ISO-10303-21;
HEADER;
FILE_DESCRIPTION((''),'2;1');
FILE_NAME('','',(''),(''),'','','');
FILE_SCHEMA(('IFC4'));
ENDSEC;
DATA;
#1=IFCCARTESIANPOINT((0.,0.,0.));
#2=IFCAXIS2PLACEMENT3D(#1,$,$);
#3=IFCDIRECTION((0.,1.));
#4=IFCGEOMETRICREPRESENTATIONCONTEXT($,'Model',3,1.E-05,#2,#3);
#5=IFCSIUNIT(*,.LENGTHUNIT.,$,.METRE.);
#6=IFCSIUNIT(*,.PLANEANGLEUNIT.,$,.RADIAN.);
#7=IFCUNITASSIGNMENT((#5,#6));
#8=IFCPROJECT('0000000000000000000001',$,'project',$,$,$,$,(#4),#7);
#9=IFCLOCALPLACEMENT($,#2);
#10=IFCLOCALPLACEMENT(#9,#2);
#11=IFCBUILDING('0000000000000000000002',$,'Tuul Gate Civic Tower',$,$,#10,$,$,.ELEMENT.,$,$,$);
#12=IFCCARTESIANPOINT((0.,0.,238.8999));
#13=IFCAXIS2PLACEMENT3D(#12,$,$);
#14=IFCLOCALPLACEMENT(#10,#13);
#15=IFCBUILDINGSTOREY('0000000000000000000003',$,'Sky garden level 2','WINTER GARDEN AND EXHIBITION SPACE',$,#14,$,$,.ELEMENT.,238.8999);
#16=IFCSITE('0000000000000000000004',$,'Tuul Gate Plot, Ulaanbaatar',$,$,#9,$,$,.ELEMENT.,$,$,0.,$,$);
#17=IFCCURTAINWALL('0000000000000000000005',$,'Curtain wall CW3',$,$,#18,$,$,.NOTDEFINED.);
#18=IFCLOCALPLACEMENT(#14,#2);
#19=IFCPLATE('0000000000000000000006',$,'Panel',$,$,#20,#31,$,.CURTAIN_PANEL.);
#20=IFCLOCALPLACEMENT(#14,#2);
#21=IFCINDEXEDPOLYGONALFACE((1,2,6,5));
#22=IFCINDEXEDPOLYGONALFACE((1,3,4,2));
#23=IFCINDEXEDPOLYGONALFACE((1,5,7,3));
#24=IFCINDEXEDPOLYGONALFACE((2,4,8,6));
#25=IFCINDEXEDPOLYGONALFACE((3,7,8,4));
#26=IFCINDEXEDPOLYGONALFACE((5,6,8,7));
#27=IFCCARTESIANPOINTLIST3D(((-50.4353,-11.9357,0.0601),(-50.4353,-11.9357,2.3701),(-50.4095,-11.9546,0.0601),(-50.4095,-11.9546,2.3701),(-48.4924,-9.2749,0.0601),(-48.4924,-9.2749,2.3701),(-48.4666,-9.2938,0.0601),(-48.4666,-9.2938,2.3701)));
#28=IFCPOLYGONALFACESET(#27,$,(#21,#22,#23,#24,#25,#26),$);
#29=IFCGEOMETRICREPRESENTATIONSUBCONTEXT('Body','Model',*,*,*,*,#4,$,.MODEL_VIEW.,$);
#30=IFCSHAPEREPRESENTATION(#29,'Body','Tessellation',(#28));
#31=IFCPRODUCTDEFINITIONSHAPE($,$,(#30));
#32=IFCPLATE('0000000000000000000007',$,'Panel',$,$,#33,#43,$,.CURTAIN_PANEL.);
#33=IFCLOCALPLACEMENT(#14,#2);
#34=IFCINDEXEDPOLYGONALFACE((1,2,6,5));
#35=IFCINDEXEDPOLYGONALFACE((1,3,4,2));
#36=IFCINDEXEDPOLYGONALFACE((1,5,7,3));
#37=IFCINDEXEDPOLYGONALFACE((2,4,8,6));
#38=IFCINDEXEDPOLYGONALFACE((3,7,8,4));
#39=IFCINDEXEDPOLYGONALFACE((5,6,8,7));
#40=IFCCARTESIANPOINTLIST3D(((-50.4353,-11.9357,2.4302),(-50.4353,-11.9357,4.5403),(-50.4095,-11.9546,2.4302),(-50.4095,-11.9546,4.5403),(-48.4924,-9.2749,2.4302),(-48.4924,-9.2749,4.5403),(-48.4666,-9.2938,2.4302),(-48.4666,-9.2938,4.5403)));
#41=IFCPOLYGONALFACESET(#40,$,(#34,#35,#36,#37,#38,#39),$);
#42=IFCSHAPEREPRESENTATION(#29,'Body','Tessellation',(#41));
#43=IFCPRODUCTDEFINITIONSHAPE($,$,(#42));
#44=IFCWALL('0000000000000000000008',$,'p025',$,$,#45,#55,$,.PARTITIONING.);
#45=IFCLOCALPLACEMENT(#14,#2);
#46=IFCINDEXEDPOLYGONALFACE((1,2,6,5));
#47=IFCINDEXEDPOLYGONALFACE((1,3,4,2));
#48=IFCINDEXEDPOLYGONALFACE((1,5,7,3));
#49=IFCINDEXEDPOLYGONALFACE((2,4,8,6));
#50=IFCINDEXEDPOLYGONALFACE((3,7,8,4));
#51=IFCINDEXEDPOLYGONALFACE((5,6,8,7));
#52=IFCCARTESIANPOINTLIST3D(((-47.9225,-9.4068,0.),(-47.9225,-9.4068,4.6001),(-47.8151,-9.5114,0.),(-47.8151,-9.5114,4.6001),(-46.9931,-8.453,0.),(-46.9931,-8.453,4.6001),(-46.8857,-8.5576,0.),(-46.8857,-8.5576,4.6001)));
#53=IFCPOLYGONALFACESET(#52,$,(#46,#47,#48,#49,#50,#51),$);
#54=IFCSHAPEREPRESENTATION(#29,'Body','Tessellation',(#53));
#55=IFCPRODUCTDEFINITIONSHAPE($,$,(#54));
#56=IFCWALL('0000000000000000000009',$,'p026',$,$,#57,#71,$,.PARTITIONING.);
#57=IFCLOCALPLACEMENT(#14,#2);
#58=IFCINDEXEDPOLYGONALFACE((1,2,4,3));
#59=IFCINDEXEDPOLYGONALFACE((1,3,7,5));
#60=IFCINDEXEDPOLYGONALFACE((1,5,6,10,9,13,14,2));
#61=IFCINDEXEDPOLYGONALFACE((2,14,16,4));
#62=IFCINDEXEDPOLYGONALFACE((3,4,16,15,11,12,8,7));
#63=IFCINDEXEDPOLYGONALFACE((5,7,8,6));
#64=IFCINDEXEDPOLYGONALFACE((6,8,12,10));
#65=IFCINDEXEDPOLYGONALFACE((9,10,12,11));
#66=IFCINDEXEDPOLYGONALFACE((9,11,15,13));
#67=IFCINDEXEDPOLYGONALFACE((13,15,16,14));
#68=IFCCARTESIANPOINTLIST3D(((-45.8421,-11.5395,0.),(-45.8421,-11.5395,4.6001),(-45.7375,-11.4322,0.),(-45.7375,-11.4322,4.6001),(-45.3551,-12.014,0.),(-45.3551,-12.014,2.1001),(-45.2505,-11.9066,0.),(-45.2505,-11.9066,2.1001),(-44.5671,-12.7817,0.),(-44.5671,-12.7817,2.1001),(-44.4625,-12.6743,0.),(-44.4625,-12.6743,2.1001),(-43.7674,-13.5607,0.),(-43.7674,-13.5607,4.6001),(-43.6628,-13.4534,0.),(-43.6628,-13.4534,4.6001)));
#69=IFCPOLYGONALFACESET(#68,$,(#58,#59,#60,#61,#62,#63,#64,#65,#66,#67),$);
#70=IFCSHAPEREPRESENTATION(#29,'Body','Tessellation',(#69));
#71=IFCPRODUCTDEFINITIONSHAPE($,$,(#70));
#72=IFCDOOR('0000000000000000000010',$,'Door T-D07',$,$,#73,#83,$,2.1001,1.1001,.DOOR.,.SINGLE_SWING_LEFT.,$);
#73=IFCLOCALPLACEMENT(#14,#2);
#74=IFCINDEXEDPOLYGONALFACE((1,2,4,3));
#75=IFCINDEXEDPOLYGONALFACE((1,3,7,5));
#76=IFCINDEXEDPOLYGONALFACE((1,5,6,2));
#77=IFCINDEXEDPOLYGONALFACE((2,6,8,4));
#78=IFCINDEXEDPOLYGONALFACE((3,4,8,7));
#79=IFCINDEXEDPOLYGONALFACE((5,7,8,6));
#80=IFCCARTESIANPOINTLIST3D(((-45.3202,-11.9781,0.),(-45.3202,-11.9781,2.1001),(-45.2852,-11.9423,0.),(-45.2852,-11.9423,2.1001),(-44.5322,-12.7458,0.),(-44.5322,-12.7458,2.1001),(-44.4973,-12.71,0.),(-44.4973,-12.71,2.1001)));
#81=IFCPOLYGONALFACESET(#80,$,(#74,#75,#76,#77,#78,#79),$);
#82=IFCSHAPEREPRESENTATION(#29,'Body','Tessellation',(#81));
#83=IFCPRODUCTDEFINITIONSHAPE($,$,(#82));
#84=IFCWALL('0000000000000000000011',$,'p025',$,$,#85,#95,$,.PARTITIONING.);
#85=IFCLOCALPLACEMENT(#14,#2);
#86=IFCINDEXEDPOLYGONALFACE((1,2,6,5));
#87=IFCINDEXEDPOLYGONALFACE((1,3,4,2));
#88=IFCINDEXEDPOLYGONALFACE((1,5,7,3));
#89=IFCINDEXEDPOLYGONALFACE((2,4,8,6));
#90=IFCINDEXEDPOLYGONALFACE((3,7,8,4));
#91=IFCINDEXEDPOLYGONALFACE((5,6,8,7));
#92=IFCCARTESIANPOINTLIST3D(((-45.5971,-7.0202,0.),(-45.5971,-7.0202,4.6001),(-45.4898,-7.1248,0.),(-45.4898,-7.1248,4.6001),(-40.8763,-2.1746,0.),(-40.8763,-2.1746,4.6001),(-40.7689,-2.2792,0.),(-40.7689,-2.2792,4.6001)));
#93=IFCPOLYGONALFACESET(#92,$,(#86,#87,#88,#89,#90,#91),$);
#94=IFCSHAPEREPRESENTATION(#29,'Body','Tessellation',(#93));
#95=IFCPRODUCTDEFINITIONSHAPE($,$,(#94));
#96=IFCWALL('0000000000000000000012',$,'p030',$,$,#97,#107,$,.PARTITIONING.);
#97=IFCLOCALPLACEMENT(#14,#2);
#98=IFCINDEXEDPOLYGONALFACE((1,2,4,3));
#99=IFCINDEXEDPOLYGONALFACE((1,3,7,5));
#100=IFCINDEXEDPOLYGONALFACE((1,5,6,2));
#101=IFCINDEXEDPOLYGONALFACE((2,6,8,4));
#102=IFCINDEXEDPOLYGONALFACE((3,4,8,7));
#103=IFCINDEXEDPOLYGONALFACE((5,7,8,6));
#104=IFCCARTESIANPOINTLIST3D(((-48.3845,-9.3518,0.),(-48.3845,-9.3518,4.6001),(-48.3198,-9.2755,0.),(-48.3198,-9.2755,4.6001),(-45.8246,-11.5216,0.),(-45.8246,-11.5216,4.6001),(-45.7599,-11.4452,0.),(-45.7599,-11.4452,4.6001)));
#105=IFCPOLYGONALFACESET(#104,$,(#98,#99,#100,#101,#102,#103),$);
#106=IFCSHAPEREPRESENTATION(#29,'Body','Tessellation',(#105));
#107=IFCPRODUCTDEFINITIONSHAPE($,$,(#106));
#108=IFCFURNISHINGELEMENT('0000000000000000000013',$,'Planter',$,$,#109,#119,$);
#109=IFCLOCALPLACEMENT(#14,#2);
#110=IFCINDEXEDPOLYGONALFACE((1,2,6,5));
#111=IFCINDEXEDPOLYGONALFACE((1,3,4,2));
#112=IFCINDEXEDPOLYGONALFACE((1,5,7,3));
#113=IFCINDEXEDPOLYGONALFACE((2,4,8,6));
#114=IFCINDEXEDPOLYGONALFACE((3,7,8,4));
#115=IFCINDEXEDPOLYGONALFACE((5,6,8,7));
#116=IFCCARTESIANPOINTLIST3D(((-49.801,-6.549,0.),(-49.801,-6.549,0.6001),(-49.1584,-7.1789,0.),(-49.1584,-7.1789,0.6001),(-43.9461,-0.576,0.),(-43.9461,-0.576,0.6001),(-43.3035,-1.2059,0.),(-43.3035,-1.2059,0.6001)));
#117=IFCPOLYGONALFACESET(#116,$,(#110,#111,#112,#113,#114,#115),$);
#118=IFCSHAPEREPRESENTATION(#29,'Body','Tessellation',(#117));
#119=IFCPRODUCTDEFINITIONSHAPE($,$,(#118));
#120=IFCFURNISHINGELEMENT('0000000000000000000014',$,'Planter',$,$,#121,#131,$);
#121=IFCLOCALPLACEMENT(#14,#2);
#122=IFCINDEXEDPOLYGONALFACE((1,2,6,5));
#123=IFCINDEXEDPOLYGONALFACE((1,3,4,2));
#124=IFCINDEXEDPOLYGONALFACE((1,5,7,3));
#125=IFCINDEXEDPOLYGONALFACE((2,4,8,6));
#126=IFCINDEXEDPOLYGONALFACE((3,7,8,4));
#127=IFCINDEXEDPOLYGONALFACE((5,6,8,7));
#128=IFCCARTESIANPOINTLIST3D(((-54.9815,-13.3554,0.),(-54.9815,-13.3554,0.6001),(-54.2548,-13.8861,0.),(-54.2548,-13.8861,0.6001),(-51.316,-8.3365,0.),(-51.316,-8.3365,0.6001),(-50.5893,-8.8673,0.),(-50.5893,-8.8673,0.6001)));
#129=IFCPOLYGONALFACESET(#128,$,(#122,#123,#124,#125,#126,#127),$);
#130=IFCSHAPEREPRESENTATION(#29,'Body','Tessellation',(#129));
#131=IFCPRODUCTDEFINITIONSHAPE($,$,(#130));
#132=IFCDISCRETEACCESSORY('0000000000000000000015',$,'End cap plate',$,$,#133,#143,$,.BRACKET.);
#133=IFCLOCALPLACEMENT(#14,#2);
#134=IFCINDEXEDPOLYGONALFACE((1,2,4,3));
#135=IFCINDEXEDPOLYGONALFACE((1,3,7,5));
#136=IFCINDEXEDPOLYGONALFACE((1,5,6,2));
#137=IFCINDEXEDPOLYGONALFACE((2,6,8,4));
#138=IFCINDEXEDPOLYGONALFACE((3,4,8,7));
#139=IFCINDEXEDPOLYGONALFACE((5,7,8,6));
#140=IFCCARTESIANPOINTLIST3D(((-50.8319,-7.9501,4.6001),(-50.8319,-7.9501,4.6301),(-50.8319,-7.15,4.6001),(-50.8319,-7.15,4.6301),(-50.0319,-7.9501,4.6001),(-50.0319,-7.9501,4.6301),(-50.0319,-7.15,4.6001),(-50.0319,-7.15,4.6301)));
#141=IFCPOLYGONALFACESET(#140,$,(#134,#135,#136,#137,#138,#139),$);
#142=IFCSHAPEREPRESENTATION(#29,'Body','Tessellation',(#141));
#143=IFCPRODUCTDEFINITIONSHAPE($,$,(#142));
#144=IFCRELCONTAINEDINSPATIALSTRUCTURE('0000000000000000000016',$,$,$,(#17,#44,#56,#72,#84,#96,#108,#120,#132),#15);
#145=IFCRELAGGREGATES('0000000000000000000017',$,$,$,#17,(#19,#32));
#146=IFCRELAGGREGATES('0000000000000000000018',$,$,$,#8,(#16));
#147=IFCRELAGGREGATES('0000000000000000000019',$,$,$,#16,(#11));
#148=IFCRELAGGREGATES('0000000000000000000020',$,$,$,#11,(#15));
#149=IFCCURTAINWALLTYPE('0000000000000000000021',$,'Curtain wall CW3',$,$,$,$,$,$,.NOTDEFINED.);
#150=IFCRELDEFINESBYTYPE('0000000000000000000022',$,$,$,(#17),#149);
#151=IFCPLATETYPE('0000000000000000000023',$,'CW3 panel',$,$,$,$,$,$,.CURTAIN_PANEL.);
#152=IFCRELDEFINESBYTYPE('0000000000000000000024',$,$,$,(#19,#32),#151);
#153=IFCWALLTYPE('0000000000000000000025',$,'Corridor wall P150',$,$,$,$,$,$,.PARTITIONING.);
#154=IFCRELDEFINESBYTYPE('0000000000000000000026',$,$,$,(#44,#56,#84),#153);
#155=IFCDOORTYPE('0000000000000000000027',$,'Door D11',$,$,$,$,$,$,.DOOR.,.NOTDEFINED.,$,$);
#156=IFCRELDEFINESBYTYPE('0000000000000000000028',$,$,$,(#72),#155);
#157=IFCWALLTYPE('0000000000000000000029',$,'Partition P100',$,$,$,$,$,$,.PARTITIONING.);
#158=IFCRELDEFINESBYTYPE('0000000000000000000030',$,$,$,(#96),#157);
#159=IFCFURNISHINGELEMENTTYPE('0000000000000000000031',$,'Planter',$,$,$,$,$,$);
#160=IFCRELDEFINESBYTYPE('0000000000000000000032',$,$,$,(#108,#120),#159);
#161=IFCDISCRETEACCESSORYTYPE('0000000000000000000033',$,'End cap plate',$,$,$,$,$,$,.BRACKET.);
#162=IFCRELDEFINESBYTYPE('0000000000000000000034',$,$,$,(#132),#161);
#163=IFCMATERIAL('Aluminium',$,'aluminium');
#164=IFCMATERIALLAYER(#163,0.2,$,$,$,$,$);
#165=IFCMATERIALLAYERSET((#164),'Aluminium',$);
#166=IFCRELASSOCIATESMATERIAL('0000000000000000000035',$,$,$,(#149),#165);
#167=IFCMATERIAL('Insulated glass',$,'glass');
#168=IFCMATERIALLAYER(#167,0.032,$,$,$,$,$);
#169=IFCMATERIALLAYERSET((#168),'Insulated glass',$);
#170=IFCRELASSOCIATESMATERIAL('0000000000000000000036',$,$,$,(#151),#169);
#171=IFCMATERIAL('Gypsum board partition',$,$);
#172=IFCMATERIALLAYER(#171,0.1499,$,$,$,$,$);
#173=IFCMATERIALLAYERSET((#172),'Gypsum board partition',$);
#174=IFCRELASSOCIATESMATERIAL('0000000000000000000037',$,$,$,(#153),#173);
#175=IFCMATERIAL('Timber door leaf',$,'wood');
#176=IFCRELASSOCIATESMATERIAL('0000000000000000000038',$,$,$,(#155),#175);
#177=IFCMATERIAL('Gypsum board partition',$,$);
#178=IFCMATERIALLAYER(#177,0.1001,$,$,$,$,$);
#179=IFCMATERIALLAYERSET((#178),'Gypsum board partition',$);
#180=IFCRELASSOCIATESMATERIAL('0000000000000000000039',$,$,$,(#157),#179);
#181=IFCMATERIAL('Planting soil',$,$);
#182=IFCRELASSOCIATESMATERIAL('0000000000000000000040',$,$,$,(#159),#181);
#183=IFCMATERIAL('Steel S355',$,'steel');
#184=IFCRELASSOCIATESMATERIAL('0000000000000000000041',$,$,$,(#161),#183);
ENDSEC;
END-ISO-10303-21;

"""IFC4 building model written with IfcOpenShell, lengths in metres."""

from ifc_helpers import new_model, si_unit, direction, frame, frame_2d, origin, origin_2d, place, context, subcontext, project, spatial, rectangle, extrude, material, layer, layer_set, type_object, element, fill, aggregate, save


model = new_model("IFC4")

# Units and contexts
model_context = context("Model", 3, precision=1e-05, world=origin(), true_north=direction((0.0, 1.0)))
body_context = subcontext(model_context, "Body", "Model", "MODEL_VIEW")
ifc_project = project(units=[si_unit("LENGTHUNIT", "METRE"), si_unit("PLANEANGLEUNIT", "RADIAN")], contexts=[model_context])

# Site, building, storey
site_placement = place(None, origin())
site = spatial("IfcSite", under=ifc_project, at=site_placement, Name="Tuul Gate Plot, Ulaanbaatar", CompositionType="ELEMENT", RefElevation=0.0)
building_placement = place(site_placement, origin())
building = spatial("IfcBuilding", under=site, at=building_placement, Name="Tuul Gate Civic Tower", CompositionType="ELEMENT")
storey_placement = place(building_placement, frame((0.0, 0.0, 238.8999)))
storey = spatial("IfcBuildingStorey", under=building, at=storey_placement, Name="Sky garden level 2", Description="WINTER GARDEN AND EXHIBITION SPACE", CompositionType="ELEMENT", Elevation=238.8999)

# Curtain wall
ifc_material_1 = material(Name="Aluminium", Category="aluminium")
ifc_layer_1 = layer(ifc_material_1, 0.2)
ifc_layer_set_1 = layer_set([ifc_layer_1], Name="Aluminium")
curtain_wall_type = type_object("IfcCurtainWallType", Name="Curtain wall CW3", PredefinedType="NOTDEFINED", material=ifc_layer_set_1)
curtain_wall_placement = place(storey_placement, origin())
curtain_wall = element("IfcCurtainWall", 1, at=curtain_wall_placement, inside=storey, type_object=curtain_wall_type, Name="Curtain wall CW3", PredefinedType="NOTDEFINED")

# Plates
ifc_material_2 = material(Name="Insulated glass", Category="glass")
ifc_layer_2 = layer(ifc_material_2, 0.032)
ifc_layer_set_2 = layer_set([ifc_layer_2], Name="Insulated glass")
plate_type = type_object("IfcPlateType", Name="CW3 panel", PredefinedType="CURTAIN_PANEL", material=ifc_layer_set_2)
plate_1_placement = place(storey_placement, frame((-49.4509, -10.6147, 0.0601), z_axis=(0.0, 0.0, 1.0), x_axis=(-0.589717, -0.80761, 0.0)))
plate_1 = element("IfcPlate", 2, at=plate_1_placement, type_object=plate_type, Name="Panel", PredefinedType="CURTAIN_PANEL", context=body_context, shape_type="SweptSolid", body=[
    extrude(rectangle(XDim=3.2947, YDim=0.032, at=origin_2d()), origin(), (0.0, 0.0, 1.0), 2.3101),
])
plate_2_placement = place(storey_placement, frame((-49.4509, -10.6147, 2.4302), z_axis=(0.0, 0.0, 1.0), x_axis=(-0.589717, -0.80761, 0.0)))
plate_2 = element("IfcPlate", 3, at=plate_2_placement, type_object=plate_type, Name="Panel", PredefinedType="CURTAIN_PANEL", context=body_context, shape_type="SweptSolid", body=[
    extrude(rectangle(XDim=3.2947, YDim=0.032, at=origin_2d()), origin(), (0.0, 0.0, 1.0), 2.1101),
])
aggregate(curtain_wall, [plate_1, plate_2])

# Wall
ifc_material_3 = material(Name="Gypsum board partition")
ifc_layer_3 = layer(ifc_material_3, 0.1499)
ifc_layer_set_3 = layer_set([ifc_layer_3], Name="Gypsum board partition")
wall_type_1 = type_object("IfcWallType", Name="Corridor wall P150", PredefinedType="PARTITIONING", material=ifc_layer_set_3)
wall_1_placement = place(storey_placement, frame((-47.8689, -9.4592, 0.0), z_axis=(0.0, 0.0, 1.0), x_axis=(0.697882, 0.716213, 0.0)))
element("IfcWall", 4, at=wall_1_placement, inside=storey, type_object=wall_type_1, Name="p025", PredefinedType="PARTITIONING", context=body_context, shape_type="SweptSolid", body=[
    extrude(rectangle(XDim=1.3318, YDim=0.1499, at=frame_2d((0.666, 0.0))), origin(), (0.0, 0.0, 1.0), 4.6001),
])

# Wall, opening, door
wall_2_placement = place(storey_placement, frame((-45.7898, -11.4858, 0.0), z_axis=(0.0, 0.0, 1.0), x_axis=(0.716276, -0.697817, 0.0)))
wall_2 = element("IfcWall", 5, at=wall_2_placement, inside=storey, type_object=wall_type_1, Name="p026", PredefinedType="PARTITIONING", context=body_context, shape_type="SweptSolid", body=[
    extrude(rectangle(XDim=2.8965, YDim=0.1499, at=frame_2d((1.4482, 0.0))), origin(), (0.0, 0.0, 1.0), 4.6001),
])
opening_placement = place(wall_2_placement, frame((0.6799, 0.0, 0.0)))
opening = element("IfcOpeningElement", 6, at=opening_placement, cuts=wall_2, PredefinedType="OPENING", context=body_context, shape_type="SweptSolid", body=[
    extrude(rectangle(XDim=1.1001, YDim=2.1001, at=frame_2d((0.55, 1.05))), frame((0.0, 0.085, 0.0), z_axis=(0.0, -1.0, 0.0), x_axis=(1.0, 0.0, 0.0)), (0.0, 0.0, 1.0), 0.1699),
])
ifc_material_4 = material(Name="Timber door leaf", Category="wood")
door_type = type_object("IfcDoorType", Name="Door D11", OperationType="NOTDEFINED", PredefinedType="DOOR", material=ifc_material_4)
door_placement = place(opening_placement, frame((1.1001, 0.0, 0.0), z_axis=(0.0, 0.0, 1.0), x_axis=(-1.0, 0.0, 0.0)))
door = element("IfcDoor", 7, at=door_placement, inside=storey, type_object=door_type, Name="Door T-D07", OperationType="SINGLE_SWING_LEFT", OverallHeight=2.1001, OverallWidth=1.1001, PredefinedType="DOOR", context=body_context, shape_type="SweptSolid", body=[
    extrude(rectangle(XDim=1.1001, YDim=2.1001, at=frame_2d((0.55, 1.05))), frame((0.0, 0.0249, 0.0), z_axis=(0.0, -1.0, 0.0), x_axis=(1.0, 0.0, 0.0)), (0.0, 0.0, 1.0), 0.05),
])
fill(opening, door)

# Walls
wall_3_placement = place(storey_placement, frame((-45.5435, -7.0725, 0.0), z_axis=(0.0, 0.0, 1.0), x_axis=(0.697826, 0.716267, 0.0)))
element("IfcWall", 8, at=wall_3_placement, inside=storey, type_object=wall_type_1, Name="p025", PredefinedType="PARTITIONING", context=body_context, shape_type="SweptSolid", body=[
    extrude(rectangle(XDim=6.7651, YDim=0.1499, at=frame_2d((3.3826, 0.0))), origin(), (0.0, 0.0, 1.0), 4.6001),
])
ifc_material_5 = material(Name="Gypsum board partition")
ifc_layer_4 = layer(ifc_material_5, 0.1001)
ifc_layer_set_4 = layer_set([ifc_layer_4], Name="Gypsum board partition")
wall_type_2 = type_object("IfcWallType", Name="Partition P100", PredefinedType="PARTITIONING", material=ifc_layer_set_4)
wall_4_placement = place(storey_placement, frame((-48.3521, -9.3137, 0.0), z_axis=(0.0, 0.0, 1.0), x_axis=(0.762845, -0.646581, 0.0)))
element("IfcWall", 9, at=wall_4_placement, inside=storey, type_object=wall_type_2, Name="p030", PredefinedType="PARTITIONING", context=body_context, shape_type="SweptSolid", body=[
    extrude(rectangle(XDim=3.3557, YDim=0.1001, at=frame_2d((1.6777, 0.0))), origin(), (0.0, 0.0, 1.0), 4.6001),
])

# Furnishing elements
ifc_material_6 = material(Name="Planting soil")
furnishing_element_type = type_object("IfcFurnishingElementType", Name="Planter", material=ifc_material_6)
furnishing_1_placement = place(storey_placement, frame((-46.5522, -3.8774, 0.0), z_axis=(0.0, 0.0, 1.0), x_axis=(-0.700011, -0.714132, 0.0)))
element("IfcFurnishingElement", 10, at=furnishing_1_placement, inside=storey, type_object=furnishing_element_type, Name="Planter", context=body_context, shape_type="SweptSolid", body=[
    extrude(rectangle(XDim=8.364, YDim=0.8999, at=origin_2d()), origin(), (0.0, 0.0, 1.0), 0.6001),
])
furnishing_2_placement = place(storey_placement, frame((-52.7854, -11.1113, 0.0), z_axis=(0.0, 0.0, 1.0), x_axis=(-0.589792, -0.807555, 0.0)))
element("IfcFurnishingElement", 11, at=furnishing_2_placement, inside=storey, type_object=furnishing_element_type, Name="Planter", context=body_context, shape_type="SweptSolid", body=[
    extrude(rectangle(XDim=6.2148, YDim=0.8999, at=origin_2d()), origin(), (0.0, 0.0, 1.0), 0.6001),
])

# Discrete accessory
ifc_material_7 = material(Name="Steel S355", Category="steel")
discrete_accessory_type = type_object("IfcDiscreteAccessoryType", Name="End cap plate", PredefinedType="BRACKET", material=ifc_material_7)
discrete_accessory_placement = place(storey_placement, frame((-50.4319, -7.55, 4.6001), z_axis=(0.0, 0.0, 1.0), x_axis=(1.0, 0.0, 0.0)))
element("IfcDiscreteAccessory", 12, at=discrete_accessory_placement, inside=storey, type_object=discrete_accessory_type, Name="End cap plate", PredefinedType="BRACKET", context=body_context, shape_type="SweptSolid", body=[
    extrude(rectangle(XDim=0.8, YDim=0.8, at=origin_2d()), origin(), (0.0, 0.0, 1.0), 0.03),
])

save(model, "model.ifc")
